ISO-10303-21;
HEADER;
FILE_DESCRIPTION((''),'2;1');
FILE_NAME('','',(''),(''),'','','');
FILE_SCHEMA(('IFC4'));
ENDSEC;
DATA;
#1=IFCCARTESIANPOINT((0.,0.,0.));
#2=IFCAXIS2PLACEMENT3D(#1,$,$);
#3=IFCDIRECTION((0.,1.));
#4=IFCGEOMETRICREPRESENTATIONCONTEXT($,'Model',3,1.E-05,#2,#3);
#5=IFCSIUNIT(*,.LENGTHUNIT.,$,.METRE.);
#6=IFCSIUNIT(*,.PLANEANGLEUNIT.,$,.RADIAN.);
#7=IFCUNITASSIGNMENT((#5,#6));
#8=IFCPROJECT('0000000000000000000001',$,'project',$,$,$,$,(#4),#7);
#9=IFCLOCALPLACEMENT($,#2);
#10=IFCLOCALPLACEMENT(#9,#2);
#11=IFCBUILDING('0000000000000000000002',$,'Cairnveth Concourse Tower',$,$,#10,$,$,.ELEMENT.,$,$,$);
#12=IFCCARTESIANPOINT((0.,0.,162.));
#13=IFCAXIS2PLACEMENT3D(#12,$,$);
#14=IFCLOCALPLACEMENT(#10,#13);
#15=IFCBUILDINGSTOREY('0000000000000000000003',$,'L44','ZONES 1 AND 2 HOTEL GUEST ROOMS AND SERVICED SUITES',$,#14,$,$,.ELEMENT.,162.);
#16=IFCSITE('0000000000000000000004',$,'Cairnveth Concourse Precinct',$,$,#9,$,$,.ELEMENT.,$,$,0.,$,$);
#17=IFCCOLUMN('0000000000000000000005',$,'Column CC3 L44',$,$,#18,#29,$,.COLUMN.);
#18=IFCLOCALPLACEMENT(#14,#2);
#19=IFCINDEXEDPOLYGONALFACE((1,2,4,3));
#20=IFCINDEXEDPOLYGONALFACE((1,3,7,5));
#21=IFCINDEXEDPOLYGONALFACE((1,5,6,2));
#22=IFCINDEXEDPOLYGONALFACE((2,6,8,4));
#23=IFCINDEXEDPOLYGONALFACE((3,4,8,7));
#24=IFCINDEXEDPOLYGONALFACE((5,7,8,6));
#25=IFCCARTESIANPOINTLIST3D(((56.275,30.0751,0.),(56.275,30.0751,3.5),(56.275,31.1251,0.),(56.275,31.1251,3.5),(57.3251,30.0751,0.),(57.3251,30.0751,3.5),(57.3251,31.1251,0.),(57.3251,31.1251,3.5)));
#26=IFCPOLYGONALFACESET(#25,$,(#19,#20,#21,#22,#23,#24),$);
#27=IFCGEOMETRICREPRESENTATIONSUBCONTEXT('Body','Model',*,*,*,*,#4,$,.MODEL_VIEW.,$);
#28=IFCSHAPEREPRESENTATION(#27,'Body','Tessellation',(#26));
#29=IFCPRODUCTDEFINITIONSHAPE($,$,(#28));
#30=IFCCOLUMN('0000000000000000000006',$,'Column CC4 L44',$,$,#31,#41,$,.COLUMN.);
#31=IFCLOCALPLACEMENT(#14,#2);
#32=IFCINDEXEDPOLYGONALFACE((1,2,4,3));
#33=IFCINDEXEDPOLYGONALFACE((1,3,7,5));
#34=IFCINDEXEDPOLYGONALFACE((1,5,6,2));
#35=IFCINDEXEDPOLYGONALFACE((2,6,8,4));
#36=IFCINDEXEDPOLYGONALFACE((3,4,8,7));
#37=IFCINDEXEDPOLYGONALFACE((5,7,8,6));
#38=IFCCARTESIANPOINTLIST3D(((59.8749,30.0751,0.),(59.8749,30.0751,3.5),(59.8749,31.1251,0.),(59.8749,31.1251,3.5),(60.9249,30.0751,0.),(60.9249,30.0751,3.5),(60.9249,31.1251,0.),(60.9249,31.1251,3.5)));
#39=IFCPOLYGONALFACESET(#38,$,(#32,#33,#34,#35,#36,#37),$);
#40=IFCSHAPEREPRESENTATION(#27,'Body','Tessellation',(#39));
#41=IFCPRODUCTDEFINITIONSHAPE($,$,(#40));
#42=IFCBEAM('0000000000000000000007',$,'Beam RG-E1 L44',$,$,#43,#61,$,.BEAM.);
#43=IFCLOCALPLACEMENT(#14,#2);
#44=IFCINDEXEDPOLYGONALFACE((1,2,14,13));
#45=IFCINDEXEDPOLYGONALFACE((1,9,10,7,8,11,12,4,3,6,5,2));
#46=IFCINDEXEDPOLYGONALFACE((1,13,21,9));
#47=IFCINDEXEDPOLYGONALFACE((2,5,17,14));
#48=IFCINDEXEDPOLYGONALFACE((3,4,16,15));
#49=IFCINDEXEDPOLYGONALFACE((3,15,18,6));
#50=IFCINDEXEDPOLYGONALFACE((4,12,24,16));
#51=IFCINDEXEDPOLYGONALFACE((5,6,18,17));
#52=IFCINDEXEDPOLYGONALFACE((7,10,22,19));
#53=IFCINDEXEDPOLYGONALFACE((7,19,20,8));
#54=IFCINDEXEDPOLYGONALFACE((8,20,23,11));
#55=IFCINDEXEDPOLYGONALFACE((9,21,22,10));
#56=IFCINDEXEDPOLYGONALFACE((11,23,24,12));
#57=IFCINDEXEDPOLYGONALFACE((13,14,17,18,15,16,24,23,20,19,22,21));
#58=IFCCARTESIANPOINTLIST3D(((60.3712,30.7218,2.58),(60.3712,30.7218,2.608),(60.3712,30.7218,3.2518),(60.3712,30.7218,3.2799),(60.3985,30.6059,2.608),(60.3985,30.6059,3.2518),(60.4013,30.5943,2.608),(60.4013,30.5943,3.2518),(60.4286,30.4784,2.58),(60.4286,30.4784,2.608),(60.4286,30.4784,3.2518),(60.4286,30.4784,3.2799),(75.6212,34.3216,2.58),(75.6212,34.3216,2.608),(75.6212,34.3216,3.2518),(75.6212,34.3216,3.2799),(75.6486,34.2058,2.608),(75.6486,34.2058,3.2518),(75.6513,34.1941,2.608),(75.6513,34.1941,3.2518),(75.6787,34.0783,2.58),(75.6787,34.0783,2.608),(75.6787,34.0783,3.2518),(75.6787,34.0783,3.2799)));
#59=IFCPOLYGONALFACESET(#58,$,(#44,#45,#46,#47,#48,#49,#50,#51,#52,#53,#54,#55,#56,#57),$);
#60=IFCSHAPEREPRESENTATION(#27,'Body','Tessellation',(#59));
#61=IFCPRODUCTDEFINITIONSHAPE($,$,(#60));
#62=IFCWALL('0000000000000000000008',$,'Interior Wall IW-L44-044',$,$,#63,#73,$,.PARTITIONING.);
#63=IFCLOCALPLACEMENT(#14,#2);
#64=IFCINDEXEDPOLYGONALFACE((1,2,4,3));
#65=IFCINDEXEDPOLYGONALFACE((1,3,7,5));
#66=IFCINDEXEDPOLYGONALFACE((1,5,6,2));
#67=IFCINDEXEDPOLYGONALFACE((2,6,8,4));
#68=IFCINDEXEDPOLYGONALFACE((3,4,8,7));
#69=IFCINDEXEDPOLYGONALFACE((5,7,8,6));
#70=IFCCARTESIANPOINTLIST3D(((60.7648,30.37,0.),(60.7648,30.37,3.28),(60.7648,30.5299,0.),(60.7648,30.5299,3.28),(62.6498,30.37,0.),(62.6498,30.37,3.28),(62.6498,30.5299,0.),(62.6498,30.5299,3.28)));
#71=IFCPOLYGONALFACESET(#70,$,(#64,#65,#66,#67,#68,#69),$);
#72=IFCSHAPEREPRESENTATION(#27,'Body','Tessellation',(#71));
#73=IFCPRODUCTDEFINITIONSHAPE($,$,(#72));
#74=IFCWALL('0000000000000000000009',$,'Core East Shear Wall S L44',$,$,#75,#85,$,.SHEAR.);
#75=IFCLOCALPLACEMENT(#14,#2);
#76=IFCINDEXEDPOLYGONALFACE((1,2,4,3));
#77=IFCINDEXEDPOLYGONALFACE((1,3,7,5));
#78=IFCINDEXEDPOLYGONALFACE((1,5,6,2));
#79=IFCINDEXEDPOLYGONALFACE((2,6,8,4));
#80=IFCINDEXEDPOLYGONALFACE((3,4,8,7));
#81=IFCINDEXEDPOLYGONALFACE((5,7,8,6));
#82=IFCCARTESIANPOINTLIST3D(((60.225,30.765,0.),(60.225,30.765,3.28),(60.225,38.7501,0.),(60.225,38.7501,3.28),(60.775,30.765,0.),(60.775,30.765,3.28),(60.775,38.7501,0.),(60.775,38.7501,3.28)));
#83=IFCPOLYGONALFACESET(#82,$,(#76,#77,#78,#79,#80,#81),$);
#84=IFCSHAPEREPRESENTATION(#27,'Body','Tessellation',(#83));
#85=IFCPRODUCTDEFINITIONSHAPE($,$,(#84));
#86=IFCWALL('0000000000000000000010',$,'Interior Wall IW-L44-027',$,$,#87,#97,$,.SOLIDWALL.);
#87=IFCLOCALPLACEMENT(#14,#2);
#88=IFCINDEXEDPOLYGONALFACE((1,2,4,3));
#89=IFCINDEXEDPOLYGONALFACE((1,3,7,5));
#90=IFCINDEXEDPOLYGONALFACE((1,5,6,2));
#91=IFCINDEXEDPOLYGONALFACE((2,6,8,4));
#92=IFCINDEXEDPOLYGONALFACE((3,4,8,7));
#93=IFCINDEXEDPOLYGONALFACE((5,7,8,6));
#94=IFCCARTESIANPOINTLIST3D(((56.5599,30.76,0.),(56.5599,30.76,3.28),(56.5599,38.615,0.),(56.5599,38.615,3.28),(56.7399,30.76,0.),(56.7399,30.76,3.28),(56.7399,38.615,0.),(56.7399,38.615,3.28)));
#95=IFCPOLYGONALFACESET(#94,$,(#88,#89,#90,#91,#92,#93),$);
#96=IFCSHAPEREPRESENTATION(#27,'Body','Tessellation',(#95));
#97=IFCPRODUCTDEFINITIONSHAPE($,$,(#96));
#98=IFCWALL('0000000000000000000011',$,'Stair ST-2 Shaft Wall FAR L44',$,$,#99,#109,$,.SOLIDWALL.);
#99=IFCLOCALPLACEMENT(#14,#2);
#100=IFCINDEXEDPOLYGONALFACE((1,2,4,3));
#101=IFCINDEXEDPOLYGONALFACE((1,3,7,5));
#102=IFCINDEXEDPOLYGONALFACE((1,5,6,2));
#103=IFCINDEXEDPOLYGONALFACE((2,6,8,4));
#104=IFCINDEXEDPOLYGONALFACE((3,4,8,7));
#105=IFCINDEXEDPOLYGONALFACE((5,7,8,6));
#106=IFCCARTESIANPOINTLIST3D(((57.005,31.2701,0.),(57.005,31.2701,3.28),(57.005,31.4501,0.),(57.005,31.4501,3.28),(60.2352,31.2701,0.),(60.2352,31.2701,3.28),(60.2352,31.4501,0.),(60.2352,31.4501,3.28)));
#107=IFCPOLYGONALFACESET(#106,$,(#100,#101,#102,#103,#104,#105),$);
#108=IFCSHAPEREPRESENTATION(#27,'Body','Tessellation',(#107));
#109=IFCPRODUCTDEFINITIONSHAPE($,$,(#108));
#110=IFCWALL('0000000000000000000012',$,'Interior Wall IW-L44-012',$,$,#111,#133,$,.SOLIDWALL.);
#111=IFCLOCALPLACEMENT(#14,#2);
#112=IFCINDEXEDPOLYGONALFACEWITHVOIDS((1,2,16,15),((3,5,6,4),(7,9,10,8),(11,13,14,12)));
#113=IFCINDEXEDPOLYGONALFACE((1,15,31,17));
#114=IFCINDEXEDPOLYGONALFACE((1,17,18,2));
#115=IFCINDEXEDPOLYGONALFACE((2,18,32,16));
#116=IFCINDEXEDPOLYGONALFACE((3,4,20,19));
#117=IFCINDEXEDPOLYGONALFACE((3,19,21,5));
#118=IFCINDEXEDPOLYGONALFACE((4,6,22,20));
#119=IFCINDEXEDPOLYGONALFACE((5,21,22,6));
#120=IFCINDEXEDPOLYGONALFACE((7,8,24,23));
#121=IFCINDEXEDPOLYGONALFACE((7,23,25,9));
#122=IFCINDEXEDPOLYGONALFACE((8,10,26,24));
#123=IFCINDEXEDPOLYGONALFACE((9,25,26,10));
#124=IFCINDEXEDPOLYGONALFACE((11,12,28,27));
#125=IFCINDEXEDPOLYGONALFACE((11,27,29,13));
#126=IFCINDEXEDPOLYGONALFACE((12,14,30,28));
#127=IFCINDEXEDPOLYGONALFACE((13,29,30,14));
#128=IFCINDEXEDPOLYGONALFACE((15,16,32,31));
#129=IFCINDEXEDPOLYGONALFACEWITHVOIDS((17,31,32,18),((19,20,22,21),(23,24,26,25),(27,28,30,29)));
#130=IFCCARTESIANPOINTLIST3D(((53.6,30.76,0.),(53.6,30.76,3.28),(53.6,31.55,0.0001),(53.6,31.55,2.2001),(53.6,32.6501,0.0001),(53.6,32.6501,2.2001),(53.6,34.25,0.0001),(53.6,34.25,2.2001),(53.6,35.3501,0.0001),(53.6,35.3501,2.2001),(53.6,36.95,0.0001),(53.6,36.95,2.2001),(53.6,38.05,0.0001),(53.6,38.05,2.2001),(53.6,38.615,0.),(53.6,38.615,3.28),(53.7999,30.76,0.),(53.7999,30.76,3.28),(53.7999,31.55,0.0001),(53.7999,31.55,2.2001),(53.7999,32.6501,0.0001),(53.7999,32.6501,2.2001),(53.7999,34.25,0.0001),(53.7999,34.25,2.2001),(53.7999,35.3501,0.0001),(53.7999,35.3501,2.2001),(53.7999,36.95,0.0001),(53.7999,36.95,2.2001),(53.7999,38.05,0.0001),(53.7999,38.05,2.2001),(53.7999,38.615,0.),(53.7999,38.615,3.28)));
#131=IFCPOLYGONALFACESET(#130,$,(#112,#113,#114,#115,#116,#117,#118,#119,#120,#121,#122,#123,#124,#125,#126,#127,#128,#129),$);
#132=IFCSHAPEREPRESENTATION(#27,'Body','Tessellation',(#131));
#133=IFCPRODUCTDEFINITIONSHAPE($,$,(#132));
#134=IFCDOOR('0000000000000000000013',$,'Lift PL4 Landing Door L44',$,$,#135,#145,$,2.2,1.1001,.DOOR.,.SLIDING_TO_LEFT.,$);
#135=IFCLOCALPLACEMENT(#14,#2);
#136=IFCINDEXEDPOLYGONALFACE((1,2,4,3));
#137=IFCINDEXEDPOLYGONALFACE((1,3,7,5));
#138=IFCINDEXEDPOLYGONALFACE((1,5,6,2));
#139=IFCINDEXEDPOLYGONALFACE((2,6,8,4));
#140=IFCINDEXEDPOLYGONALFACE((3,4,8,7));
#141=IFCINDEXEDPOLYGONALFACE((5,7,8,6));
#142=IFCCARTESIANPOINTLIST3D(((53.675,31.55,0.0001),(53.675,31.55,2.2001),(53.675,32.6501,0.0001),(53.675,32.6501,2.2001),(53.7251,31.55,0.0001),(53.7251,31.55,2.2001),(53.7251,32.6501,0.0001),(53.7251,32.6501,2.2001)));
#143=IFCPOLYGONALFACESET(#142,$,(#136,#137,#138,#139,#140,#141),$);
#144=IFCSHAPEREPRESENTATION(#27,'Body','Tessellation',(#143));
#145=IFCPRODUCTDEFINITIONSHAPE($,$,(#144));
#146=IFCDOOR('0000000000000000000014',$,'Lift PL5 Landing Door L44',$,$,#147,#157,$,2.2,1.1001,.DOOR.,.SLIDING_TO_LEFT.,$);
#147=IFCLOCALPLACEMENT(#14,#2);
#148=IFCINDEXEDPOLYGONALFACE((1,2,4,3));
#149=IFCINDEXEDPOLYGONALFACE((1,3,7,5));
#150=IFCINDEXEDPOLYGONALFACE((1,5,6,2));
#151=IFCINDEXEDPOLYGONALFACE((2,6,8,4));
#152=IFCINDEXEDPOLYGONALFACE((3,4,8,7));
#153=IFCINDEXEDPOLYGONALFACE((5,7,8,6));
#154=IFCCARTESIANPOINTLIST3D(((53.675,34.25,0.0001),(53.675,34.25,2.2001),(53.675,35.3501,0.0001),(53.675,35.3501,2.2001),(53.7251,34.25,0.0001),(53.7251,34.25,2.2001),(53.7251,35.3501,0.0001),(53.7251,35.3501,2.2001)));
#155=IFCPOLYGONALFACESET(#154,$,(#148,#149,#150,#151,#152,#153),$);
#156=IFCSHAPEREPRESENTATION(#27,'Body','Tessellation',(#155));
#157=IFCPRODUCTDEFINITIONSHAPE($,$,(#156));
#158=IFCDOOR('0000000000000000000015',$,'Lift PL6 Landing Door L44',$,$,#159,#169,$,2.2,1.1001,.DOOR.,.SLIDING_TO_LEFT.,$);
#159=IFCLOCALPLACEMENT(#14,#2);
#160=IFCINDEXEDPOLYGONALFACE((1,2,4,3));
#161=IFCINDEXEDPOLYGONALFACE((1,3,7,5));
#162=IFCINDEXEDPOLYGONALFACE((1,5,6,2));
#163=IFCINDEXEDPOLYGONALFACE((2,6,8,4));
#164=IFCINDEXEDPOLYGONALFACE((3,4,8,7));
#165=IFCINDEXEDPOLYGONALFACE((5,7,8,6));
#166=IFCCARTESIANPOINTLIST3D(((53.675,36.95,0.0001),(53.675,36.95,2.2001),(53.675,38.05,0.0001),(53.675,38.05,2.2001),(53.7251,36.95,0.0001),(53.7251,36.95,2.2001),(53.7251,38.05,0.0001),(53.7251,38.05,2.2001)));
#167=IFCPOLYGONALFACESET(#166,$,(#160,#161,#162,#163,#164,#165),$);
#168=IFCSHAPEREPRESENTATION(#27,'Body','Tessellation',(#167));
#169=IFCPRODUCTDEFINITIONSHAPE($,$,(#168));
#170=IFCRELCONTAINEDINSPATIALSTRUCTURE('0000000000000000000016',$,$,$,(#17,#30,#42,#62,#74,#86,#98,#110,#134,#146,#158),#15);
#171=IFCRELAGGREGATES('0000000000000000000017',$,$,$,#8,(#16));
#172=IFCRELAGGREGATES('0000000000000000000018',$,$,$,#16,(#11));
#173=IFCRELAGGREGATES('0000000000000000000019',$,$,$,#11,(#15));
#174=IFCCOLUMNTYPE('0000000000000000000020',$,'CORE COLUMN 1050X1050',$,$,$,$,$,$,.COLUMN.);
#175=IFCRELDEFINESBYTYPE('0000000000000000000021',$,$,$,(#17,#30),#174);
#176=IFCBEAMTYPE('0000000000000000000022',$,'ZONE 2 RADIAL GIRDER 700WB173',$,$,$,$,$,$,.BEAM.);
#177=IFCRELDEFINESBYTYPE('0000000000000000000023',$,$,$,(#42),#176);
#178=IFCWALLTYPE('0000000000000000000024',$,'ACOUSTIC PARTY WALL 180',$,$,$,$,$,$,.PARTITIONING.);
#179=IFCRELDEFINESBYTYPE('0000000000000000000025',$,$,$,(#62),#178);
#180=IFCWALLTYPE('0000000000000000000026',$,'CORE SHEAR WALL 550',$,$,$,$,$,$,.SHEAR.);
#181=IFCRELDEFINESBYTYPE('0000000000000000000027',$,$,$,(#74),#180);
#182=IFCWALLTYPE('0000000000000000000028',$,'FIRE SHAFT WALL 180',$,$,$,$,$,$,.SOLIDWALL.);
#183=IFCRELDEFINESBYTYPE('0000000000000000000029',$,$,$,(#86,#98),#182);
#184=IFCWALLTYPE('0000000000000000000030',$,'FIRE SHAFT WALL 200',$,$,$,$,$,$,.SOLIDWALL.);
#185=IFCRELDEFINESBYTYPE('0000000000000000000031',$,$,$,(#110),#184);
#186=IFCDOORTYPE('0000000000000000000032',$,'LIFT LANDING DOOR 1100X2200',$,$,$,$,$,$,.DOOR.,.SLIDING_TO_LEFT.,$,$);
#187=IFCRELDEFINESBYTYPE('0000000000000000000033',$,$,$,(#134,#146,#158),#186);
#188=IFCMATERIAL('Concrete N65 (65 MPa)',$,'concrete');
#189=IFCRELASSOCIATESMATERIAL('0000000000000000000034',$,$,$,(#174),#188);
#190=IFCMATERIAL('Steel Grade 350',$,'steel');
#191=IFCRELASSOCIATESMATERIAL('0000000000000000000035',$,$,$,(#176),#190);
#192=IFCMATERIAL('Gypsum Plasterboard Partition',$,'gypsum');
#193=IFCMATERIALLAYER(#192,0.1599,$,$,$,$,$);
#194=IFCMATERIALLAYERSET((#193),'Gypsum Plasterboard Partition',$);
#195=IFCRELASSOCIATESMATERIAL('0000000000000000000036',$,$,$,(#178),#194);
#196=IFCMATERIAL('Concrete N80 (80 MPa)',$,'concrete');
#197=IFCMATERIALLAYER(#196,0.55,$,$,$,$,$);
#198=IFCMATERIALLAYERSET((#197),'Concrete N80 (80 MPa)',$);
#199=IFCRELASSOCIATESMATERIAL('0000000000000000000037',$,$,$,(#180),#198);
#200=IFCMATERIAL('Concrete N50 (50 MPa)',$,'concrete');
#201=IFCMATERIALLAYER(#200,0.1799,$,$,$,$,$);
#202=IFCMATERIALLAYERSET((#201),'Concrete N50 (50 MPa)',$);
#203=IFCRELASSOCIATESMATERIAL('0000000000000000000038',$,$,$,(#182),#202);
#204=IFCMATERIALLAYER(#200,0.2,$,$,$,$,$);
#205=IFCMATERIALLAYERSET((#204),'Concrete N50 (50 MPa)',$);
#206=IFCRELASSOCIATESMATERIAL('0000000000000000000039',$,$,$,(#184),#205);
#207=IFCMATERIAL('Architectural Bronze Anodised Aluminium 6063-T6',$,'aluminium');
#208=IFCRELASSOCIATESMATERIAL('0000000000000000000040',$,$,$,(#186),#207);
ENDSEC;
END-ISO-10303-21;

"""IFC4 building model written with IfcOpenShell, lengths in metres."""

from ifc_helpers import new_model, si_unit, direction, frame, frame_2d, origin, origin_2d, place, context, subcontext, project, spatial, rectangle, i_section, extrude, material, layer, layer_set, material_profile, profile_set, type_object, element, fill, save


model = new_model("IFC4")

# Units and contexts
model_context = context("Model", 3, precision=1e-05, world=origin(), true_north=direction((0.0, 1.0)))
body_context = subcontext(model_context, "Body", "Model", "MODEL_VIEW")
ifc_project = project(units=[si_unit("LENGTHUNIT", "METRE"), si_unit("PLANEANGLEUNIT", "RADIAN")], contexts=[model_context])

# Site, building, storey
site_placement = place(None, origin())
site = spatial("IfcSite", under=ifc_project, at=site_placement, Name="Cairnveth Concourse Precinct", CompositionType="ELEMENT", RefElevation=0.0)
building_placement = place(site_placement, origin())
building = spatial("IfcBuilding", under=site, at=building_placement, Name="Cairnveth Concourse Tower", CompositionType="ELEMENT")
storey_placement = place(building_placement, frame((0.0, 0.0, 162.0)))
storey = spatial("IfcBuildingStorey", under=building, at=storey_placement, Name="L44", Description="ZONES 1 AND 2 HOTEL GUEST ROOMS AND SERVICED SUITES", CompositionType="ELEMENT", Elevation=162.0)

# Columns
ifc_material_1 = material(Name="Concrete N65 (65 MPa)", Category="concrete")
ifc_material_profile_1 = material_profile(ifc_material_1, rectangle(XDim=1.05, YDim=1.05, at=origin_2d()), Name="RC-COL-1050x1050")
ifc_profile_set_1 = profile_set([ifc_material_profile_1], Name="Concrete N65 (65 MPa)")
column_type = type_object("IfcColumnType", Name="CORE COLUMN 1050X1050", PredefinedType="COLUMN", material=ifc_profile_set_1)
for number, where, z_axis, x_axis, name in (
    (1, (56.8, 30.6001, 0.0), (0.0, 0.0, 1.0), (1.0, 0.0, 0.0), "Column CC3 L44"),
    (2, (60.3999, 30.6001, 0.0), (0.0, 0.0, 1.0), (1.0, 0.0, 0.0), "Column CC4 L44"),
):
    element("IfcColumn", number, at=place(storey_placement, frame(where, z_axis=z_axis, x_axis=x_axis)), inside=storey, type_object=column_type, Name=name, PredefinedType="COLUMN", context=body_context, shape_type="SweptSolid", body=[
        extrude(rectangle(XDim=1.05, YDim=1.05, at=origin_2d()), origin(), (0.0, 0.0, 1.0), 3.5),
    ])

# Beam
ifc_material_2 = material(Name="Steel Grade 350", Category="steel")
ifc_material_profile_2 = material_profile(ifc_material_2, i_section(OverallWidth=0.25, OverallDepth=0.7, WebThickness=0.012, FlangeThickness=0.0281, at=origin_2d()), Name="700WB173")
ifc_profile_set_2 = profile_set([ifc_material_profile_2], Name="Steel Grade 350")
beam_type = type_object("IfcBeamType", Name="ZONE 2 RADIAL GIRDER 700WB173", PredefinedType="BEAM", material=ifc_profile_set_2)
beam_placement = place(storey_placement, frame((60.3999, 30.6001, 2.9299), z_axis=(0.973252, 0.229742, 0.0), x_axis=(-0.229742, 0.973252, 0.0)))
element("IfcBeam", 3, at=beam_placement, inside=storey, type_object=beam_type, Name="Beam RG-E1 L44", PredefinedType="BEAM", context=body_context, shape_type="SweptSolid", body=[
    extrude(i_section(OverallWidth=0.25, OverallDepth=0.7, WebThickness=0.012, FlangeThickness=0.0281, at=origin_2d()), origin(), (0.0, 0.0, 1.0), 15.6692),
])

# Walls
ifc_material_3 = material(Name="Gypsum Plasterboard Partition", Category="gypsum")
ifc_layer_1 = layer(ifc_material_3, 0.1599)
ifc_layer_set_1 = layer_set([ifc_layer_1], Name="Gypsum Plasterboard Partition")
wall_type_1 = type_object("IfcWallType", Name="ACOUSTIC PARTY WALL 180", PredefinedType="PARTITIONING", material=ifc_layer_set_1)
wall_1_placement = place(storey_placement, frame((60.7649, 30.45, 0.0), z_axis=(0.0, 0.0, 1.0), x_axis=(1.0, 0.0, 0.0)))
element("IfcWall", 4, at=wall_1_placement, inside=storey, type_object=wall_type_1, Name="Interior Wall IW-L44-044", PredefinedType="PARTITIONING", context=body_context, shape_type="SweptSolid", body=[
    extrude(rectangle(XDim=1.885, YDim=0.1599, at=frame_2d((0.9424, 0.0))), origin(), (0.0, 0.0, 1.0), 3.28),
])
ifc_material_4 = material(Name="Concrete N80 (80 MPa)", Category="concrete")
ifc_layer_2 = layer(ifc_material_4, 0.55)
ifc_layer_set_2 = layer_set([ifc_layer_2], Name="Concrete N80 (80 MPa)")
wall_type_2 = type_object("IfcWallType", Name="CORE SHEAR WALL 550", PredefinedType="SHEAR", material=ifc_layer_set_2)
wall_2_placement = place(storey_placement, frame((60.5, 30.7649, 0.0), z_axis=(0.0, 0.0, 1.0), x_axis=(0.0, 1.0, 0.0)))
element("IfcWall", 5, at=wall_2_placement, inside=storey, type_object=wall_type_2, Name="Core East Shear Wall S L44", PredefinedType="SHEAR", context=body_context, shape_type="SweptSolid", body=[
    extrude(rectangle(XDim=7.9851, YDim=0.55, at=frame_2d((3.9927, 0.0))), origin(), (0.0, 0.0, 1.0), 3.28),
])
ifc_material_5 = material(Name="Concrete N50 (50 MPa)", Category="concrete")
ifc_layer_3 = layer(ifc_material_5, 0.1799)
ifc_layer_set_3 = layer_set([ifc_layer_3], Name="Concrete N50 (50 MPa)")
wall_type_3 = type_object("IfcWallType", Name="FIRE SHAFT WALL 180", PredefinedType="SOLIDWALL", material=ifc_layer_set_3)
wall_3_placement = place(storey_placement, frame((56.6499, 30.76, 0.0), z_axis=(0.0, 0.0, 1.0), x_axis=(0.0, 1.0, 0.0)))
element("IfcWall", 6, at=wall_3_placement, inside=storey, type_object=wall_type_3, Name="Interior Wall IW-L44-027", PredefinedType="SOLIDWALL", context=body_context, shape_type="SweptSolid", body=[
    extrude(rectangle(XDim=7.855, YDim=0.1799, at=frame_2d((3.9275, 0.0))), origin(), (0.0, 0.0, 1.0), 3.28),
])
wall_4_placement = place(storey_placement, frame((57.0049, 31.3601, 0.0), z_axis=(0.0, 0.0, 1.0), x_axis=(1.0, 0.0, 0.0)))
element("IfcWall", 7, at=wall_4_placement, inside=storey, type_object=wall_type_3, Name="Stair ST-2 Shaft Wall FAR L44", PredefinedType="SOLIDWALL", context=body_context, shape_type="SweptSolid", body=[
    extrude(rectangle(XDim=3.2302, YDim=0.1799, at=frame_2d((1.6152, 0.0))), origin(), (0.0, 0.0, 1.0), 3.28),
])

# Wall, openings, doors
ifc_layer_4 = layer(ifc_material_5, 0.2)
ifc_layer_set_4 = layer_set([ifc_layer_4], Name="Concrete N50 (50 MPa)")
wall_type_4 = type_object("IfcWallType", Name="FIRE SHAFT WALL 200", PredefinedType="SOLIDWALL", material=ifc_layer_set_4)
wall_5_placement = place(storey_placement, frame((53.7, 30.76, 0.0), z_axis=(0.0, 0.0, 1.0), x_axis=(0.0, 1.0, 0.0)))
wall_5 = element("IfcWall", 8, at=wall_5_placement, inside=storey, type_object=wall_type_4, Name="Interior Wall IW-L44-012", PredefinedType="SOLIDWALL", context=body_context, shape_type="SweptSolid", body=[
    extrude(rectangle(XDim=7.855, YDim=0.2, at=frame_2d((3.9275, 0.0))), origin(), (0.0, 0.0, 1.0), 3.28),
])
opening_1_placement = place(wall_5_placement, frame((0.79, 0.0, 0.0)))
opening_1 = element("IfcOpeningElement", 9, at=opening_1_placement, cuts=wall_5, PredefinedType="OPENING", context=body_context, shape_type="SweptSolid", body=[
    extrude(rectangle(XDim=1.1001, YDim=2.2, at=frame_2d((0.55, 1.1001))), frame((0.0, 0.1099, 0.0), z_axis=(0.0, -1.0, 0.0), x_axis=(1.0, 0.0, 0.0)), (0.0, 0.0, 1.0), 0.22),
])
opening_2_placement = place(wall_5_placement, frame((3.49, 0.0, 0.0)))
opening_2 = element("IfcOpeningElement", 10, at=opening_2_placement, cuts=wall_5, PredefinedType="OPENING", context=body_context, shape_type="SweptSolid", body=[
    extrude(rectangle(XDim=1.1001, YDim=2.2, at=frame_2d((0.55, 1.1001))), frame((0.0, 0.1099, 0.0), z_axis=(0.0, -1.0, 0.0), x_axis=(1.0, 0.0, 0.0)), (0.0, 0.0, 1.0), 0.22),
])
opening_3_placement = place(wall_5_placement, frame((6.1899, 0.0, 0.0)))
opening_3 = element("IfcOpeningElement", 11, at=opening_3_placement, cuts=wall_5, PredefinedType="OPENING", context=body_context, shape_type="SweptSolid", body=[
    extrude(rectangle(XDim=1.1001, YDim=2.2, at=frame_2d((0.55, 1.1001))), frame((0.0, 0.1099, 0.0), z_axis=(0.0, -1.0, 0.0), x_axis=(1.0, 0.0, 0.0)), (0.0, 0.0, 1.0), 0.22),
])
ifc_material_6 = material(Name="Architectural Bronze Anodised Aluminium 6063-T6", Category="aluminium")
door_type_1 = type_object("IfcDoorType", Name="LIFT LANDING DOOR 1100X2200", OperationType="SLIDING_TO_LEFT", PredefinedType="DOOR", material=ifc_material_6)
door_1_placement = place(opening_1_placement, origin())
door_1 = element("IfcDoor", 12, at=door_1_placement, inside=storey, type_object=door_type_1, Name="Lift PL4 Landing Door L44", OperationType="SLIDING_TO_LEFT", OverallHeight=2.2, OverallWidth=1.1001, PredefinedType="DOOR", context=body_context, shape_type="SweptSolid", body=[
    extrude(rectangle(XDim=1.1001, YDim=2.2, at=frame_2d((0.55, 1.1001))), frame((0.0, 0.0249, 0.0), z_axis=(0.0, -1.0, 0.0), x_axis=(1.0, 0.0, 0.0)), (0.0, 0.0, 1.0), 0.05),
])
fill(opening_1, door_1)
door_2_placement = place(opening_2_placement, origin())
door_2 = element("IfcDoor", 13, at=door_2_placement, inside=storey, type_object=door_type_1, Name="Lift PL5 Landing Door L44", OperationType="SLIDING_TO_LEFT", OverallHeight=2.2, OverallWidth=1.1001, PredefinedType="DOOR", context=body_context, shape_type="SweptSolid", body=[
    extrude(rectangle(XDim=1.1001, YDim=2.2, at=frame_2d((0.55, 1.1001))), frame((0.0, 0.0249, 0.0), z_axis=(0.0, -1.0, 0.0), x_axis=(1.0, 0.0, 0.0)), (0.0, 0.0, 1.0), 0.05),
])
fill(opening_2, door_2)
door_3_placement = place(opening_3_placement, origin())
door_3 = element("IfcDoor", 14, at=door_3_placement, inside=storey, type_object=door_type_1, Name="Lift PL6 Landing Door L44", OperationType="SLIDING_TO_LEFT", OverallHeight=2.2, OverallWidth=1.1001, PredefinedType="DOOR", context=body_context, shape_type="SweptSolid", body=[
    extrude(rectangle(XDim=1.1001, YDim=2.2, at=frame_2d((0.55, 1.1001))), frame((0.0, 0.0249, 0.0), z_axis=(0.0, -1.0, 0.0), x_axis=(1.0, 0.0, 0.0)), (0.0, 0.0, 1.0), 0.05),
])
fill(opening_3, door_3)

save(model, "model.ifc")
